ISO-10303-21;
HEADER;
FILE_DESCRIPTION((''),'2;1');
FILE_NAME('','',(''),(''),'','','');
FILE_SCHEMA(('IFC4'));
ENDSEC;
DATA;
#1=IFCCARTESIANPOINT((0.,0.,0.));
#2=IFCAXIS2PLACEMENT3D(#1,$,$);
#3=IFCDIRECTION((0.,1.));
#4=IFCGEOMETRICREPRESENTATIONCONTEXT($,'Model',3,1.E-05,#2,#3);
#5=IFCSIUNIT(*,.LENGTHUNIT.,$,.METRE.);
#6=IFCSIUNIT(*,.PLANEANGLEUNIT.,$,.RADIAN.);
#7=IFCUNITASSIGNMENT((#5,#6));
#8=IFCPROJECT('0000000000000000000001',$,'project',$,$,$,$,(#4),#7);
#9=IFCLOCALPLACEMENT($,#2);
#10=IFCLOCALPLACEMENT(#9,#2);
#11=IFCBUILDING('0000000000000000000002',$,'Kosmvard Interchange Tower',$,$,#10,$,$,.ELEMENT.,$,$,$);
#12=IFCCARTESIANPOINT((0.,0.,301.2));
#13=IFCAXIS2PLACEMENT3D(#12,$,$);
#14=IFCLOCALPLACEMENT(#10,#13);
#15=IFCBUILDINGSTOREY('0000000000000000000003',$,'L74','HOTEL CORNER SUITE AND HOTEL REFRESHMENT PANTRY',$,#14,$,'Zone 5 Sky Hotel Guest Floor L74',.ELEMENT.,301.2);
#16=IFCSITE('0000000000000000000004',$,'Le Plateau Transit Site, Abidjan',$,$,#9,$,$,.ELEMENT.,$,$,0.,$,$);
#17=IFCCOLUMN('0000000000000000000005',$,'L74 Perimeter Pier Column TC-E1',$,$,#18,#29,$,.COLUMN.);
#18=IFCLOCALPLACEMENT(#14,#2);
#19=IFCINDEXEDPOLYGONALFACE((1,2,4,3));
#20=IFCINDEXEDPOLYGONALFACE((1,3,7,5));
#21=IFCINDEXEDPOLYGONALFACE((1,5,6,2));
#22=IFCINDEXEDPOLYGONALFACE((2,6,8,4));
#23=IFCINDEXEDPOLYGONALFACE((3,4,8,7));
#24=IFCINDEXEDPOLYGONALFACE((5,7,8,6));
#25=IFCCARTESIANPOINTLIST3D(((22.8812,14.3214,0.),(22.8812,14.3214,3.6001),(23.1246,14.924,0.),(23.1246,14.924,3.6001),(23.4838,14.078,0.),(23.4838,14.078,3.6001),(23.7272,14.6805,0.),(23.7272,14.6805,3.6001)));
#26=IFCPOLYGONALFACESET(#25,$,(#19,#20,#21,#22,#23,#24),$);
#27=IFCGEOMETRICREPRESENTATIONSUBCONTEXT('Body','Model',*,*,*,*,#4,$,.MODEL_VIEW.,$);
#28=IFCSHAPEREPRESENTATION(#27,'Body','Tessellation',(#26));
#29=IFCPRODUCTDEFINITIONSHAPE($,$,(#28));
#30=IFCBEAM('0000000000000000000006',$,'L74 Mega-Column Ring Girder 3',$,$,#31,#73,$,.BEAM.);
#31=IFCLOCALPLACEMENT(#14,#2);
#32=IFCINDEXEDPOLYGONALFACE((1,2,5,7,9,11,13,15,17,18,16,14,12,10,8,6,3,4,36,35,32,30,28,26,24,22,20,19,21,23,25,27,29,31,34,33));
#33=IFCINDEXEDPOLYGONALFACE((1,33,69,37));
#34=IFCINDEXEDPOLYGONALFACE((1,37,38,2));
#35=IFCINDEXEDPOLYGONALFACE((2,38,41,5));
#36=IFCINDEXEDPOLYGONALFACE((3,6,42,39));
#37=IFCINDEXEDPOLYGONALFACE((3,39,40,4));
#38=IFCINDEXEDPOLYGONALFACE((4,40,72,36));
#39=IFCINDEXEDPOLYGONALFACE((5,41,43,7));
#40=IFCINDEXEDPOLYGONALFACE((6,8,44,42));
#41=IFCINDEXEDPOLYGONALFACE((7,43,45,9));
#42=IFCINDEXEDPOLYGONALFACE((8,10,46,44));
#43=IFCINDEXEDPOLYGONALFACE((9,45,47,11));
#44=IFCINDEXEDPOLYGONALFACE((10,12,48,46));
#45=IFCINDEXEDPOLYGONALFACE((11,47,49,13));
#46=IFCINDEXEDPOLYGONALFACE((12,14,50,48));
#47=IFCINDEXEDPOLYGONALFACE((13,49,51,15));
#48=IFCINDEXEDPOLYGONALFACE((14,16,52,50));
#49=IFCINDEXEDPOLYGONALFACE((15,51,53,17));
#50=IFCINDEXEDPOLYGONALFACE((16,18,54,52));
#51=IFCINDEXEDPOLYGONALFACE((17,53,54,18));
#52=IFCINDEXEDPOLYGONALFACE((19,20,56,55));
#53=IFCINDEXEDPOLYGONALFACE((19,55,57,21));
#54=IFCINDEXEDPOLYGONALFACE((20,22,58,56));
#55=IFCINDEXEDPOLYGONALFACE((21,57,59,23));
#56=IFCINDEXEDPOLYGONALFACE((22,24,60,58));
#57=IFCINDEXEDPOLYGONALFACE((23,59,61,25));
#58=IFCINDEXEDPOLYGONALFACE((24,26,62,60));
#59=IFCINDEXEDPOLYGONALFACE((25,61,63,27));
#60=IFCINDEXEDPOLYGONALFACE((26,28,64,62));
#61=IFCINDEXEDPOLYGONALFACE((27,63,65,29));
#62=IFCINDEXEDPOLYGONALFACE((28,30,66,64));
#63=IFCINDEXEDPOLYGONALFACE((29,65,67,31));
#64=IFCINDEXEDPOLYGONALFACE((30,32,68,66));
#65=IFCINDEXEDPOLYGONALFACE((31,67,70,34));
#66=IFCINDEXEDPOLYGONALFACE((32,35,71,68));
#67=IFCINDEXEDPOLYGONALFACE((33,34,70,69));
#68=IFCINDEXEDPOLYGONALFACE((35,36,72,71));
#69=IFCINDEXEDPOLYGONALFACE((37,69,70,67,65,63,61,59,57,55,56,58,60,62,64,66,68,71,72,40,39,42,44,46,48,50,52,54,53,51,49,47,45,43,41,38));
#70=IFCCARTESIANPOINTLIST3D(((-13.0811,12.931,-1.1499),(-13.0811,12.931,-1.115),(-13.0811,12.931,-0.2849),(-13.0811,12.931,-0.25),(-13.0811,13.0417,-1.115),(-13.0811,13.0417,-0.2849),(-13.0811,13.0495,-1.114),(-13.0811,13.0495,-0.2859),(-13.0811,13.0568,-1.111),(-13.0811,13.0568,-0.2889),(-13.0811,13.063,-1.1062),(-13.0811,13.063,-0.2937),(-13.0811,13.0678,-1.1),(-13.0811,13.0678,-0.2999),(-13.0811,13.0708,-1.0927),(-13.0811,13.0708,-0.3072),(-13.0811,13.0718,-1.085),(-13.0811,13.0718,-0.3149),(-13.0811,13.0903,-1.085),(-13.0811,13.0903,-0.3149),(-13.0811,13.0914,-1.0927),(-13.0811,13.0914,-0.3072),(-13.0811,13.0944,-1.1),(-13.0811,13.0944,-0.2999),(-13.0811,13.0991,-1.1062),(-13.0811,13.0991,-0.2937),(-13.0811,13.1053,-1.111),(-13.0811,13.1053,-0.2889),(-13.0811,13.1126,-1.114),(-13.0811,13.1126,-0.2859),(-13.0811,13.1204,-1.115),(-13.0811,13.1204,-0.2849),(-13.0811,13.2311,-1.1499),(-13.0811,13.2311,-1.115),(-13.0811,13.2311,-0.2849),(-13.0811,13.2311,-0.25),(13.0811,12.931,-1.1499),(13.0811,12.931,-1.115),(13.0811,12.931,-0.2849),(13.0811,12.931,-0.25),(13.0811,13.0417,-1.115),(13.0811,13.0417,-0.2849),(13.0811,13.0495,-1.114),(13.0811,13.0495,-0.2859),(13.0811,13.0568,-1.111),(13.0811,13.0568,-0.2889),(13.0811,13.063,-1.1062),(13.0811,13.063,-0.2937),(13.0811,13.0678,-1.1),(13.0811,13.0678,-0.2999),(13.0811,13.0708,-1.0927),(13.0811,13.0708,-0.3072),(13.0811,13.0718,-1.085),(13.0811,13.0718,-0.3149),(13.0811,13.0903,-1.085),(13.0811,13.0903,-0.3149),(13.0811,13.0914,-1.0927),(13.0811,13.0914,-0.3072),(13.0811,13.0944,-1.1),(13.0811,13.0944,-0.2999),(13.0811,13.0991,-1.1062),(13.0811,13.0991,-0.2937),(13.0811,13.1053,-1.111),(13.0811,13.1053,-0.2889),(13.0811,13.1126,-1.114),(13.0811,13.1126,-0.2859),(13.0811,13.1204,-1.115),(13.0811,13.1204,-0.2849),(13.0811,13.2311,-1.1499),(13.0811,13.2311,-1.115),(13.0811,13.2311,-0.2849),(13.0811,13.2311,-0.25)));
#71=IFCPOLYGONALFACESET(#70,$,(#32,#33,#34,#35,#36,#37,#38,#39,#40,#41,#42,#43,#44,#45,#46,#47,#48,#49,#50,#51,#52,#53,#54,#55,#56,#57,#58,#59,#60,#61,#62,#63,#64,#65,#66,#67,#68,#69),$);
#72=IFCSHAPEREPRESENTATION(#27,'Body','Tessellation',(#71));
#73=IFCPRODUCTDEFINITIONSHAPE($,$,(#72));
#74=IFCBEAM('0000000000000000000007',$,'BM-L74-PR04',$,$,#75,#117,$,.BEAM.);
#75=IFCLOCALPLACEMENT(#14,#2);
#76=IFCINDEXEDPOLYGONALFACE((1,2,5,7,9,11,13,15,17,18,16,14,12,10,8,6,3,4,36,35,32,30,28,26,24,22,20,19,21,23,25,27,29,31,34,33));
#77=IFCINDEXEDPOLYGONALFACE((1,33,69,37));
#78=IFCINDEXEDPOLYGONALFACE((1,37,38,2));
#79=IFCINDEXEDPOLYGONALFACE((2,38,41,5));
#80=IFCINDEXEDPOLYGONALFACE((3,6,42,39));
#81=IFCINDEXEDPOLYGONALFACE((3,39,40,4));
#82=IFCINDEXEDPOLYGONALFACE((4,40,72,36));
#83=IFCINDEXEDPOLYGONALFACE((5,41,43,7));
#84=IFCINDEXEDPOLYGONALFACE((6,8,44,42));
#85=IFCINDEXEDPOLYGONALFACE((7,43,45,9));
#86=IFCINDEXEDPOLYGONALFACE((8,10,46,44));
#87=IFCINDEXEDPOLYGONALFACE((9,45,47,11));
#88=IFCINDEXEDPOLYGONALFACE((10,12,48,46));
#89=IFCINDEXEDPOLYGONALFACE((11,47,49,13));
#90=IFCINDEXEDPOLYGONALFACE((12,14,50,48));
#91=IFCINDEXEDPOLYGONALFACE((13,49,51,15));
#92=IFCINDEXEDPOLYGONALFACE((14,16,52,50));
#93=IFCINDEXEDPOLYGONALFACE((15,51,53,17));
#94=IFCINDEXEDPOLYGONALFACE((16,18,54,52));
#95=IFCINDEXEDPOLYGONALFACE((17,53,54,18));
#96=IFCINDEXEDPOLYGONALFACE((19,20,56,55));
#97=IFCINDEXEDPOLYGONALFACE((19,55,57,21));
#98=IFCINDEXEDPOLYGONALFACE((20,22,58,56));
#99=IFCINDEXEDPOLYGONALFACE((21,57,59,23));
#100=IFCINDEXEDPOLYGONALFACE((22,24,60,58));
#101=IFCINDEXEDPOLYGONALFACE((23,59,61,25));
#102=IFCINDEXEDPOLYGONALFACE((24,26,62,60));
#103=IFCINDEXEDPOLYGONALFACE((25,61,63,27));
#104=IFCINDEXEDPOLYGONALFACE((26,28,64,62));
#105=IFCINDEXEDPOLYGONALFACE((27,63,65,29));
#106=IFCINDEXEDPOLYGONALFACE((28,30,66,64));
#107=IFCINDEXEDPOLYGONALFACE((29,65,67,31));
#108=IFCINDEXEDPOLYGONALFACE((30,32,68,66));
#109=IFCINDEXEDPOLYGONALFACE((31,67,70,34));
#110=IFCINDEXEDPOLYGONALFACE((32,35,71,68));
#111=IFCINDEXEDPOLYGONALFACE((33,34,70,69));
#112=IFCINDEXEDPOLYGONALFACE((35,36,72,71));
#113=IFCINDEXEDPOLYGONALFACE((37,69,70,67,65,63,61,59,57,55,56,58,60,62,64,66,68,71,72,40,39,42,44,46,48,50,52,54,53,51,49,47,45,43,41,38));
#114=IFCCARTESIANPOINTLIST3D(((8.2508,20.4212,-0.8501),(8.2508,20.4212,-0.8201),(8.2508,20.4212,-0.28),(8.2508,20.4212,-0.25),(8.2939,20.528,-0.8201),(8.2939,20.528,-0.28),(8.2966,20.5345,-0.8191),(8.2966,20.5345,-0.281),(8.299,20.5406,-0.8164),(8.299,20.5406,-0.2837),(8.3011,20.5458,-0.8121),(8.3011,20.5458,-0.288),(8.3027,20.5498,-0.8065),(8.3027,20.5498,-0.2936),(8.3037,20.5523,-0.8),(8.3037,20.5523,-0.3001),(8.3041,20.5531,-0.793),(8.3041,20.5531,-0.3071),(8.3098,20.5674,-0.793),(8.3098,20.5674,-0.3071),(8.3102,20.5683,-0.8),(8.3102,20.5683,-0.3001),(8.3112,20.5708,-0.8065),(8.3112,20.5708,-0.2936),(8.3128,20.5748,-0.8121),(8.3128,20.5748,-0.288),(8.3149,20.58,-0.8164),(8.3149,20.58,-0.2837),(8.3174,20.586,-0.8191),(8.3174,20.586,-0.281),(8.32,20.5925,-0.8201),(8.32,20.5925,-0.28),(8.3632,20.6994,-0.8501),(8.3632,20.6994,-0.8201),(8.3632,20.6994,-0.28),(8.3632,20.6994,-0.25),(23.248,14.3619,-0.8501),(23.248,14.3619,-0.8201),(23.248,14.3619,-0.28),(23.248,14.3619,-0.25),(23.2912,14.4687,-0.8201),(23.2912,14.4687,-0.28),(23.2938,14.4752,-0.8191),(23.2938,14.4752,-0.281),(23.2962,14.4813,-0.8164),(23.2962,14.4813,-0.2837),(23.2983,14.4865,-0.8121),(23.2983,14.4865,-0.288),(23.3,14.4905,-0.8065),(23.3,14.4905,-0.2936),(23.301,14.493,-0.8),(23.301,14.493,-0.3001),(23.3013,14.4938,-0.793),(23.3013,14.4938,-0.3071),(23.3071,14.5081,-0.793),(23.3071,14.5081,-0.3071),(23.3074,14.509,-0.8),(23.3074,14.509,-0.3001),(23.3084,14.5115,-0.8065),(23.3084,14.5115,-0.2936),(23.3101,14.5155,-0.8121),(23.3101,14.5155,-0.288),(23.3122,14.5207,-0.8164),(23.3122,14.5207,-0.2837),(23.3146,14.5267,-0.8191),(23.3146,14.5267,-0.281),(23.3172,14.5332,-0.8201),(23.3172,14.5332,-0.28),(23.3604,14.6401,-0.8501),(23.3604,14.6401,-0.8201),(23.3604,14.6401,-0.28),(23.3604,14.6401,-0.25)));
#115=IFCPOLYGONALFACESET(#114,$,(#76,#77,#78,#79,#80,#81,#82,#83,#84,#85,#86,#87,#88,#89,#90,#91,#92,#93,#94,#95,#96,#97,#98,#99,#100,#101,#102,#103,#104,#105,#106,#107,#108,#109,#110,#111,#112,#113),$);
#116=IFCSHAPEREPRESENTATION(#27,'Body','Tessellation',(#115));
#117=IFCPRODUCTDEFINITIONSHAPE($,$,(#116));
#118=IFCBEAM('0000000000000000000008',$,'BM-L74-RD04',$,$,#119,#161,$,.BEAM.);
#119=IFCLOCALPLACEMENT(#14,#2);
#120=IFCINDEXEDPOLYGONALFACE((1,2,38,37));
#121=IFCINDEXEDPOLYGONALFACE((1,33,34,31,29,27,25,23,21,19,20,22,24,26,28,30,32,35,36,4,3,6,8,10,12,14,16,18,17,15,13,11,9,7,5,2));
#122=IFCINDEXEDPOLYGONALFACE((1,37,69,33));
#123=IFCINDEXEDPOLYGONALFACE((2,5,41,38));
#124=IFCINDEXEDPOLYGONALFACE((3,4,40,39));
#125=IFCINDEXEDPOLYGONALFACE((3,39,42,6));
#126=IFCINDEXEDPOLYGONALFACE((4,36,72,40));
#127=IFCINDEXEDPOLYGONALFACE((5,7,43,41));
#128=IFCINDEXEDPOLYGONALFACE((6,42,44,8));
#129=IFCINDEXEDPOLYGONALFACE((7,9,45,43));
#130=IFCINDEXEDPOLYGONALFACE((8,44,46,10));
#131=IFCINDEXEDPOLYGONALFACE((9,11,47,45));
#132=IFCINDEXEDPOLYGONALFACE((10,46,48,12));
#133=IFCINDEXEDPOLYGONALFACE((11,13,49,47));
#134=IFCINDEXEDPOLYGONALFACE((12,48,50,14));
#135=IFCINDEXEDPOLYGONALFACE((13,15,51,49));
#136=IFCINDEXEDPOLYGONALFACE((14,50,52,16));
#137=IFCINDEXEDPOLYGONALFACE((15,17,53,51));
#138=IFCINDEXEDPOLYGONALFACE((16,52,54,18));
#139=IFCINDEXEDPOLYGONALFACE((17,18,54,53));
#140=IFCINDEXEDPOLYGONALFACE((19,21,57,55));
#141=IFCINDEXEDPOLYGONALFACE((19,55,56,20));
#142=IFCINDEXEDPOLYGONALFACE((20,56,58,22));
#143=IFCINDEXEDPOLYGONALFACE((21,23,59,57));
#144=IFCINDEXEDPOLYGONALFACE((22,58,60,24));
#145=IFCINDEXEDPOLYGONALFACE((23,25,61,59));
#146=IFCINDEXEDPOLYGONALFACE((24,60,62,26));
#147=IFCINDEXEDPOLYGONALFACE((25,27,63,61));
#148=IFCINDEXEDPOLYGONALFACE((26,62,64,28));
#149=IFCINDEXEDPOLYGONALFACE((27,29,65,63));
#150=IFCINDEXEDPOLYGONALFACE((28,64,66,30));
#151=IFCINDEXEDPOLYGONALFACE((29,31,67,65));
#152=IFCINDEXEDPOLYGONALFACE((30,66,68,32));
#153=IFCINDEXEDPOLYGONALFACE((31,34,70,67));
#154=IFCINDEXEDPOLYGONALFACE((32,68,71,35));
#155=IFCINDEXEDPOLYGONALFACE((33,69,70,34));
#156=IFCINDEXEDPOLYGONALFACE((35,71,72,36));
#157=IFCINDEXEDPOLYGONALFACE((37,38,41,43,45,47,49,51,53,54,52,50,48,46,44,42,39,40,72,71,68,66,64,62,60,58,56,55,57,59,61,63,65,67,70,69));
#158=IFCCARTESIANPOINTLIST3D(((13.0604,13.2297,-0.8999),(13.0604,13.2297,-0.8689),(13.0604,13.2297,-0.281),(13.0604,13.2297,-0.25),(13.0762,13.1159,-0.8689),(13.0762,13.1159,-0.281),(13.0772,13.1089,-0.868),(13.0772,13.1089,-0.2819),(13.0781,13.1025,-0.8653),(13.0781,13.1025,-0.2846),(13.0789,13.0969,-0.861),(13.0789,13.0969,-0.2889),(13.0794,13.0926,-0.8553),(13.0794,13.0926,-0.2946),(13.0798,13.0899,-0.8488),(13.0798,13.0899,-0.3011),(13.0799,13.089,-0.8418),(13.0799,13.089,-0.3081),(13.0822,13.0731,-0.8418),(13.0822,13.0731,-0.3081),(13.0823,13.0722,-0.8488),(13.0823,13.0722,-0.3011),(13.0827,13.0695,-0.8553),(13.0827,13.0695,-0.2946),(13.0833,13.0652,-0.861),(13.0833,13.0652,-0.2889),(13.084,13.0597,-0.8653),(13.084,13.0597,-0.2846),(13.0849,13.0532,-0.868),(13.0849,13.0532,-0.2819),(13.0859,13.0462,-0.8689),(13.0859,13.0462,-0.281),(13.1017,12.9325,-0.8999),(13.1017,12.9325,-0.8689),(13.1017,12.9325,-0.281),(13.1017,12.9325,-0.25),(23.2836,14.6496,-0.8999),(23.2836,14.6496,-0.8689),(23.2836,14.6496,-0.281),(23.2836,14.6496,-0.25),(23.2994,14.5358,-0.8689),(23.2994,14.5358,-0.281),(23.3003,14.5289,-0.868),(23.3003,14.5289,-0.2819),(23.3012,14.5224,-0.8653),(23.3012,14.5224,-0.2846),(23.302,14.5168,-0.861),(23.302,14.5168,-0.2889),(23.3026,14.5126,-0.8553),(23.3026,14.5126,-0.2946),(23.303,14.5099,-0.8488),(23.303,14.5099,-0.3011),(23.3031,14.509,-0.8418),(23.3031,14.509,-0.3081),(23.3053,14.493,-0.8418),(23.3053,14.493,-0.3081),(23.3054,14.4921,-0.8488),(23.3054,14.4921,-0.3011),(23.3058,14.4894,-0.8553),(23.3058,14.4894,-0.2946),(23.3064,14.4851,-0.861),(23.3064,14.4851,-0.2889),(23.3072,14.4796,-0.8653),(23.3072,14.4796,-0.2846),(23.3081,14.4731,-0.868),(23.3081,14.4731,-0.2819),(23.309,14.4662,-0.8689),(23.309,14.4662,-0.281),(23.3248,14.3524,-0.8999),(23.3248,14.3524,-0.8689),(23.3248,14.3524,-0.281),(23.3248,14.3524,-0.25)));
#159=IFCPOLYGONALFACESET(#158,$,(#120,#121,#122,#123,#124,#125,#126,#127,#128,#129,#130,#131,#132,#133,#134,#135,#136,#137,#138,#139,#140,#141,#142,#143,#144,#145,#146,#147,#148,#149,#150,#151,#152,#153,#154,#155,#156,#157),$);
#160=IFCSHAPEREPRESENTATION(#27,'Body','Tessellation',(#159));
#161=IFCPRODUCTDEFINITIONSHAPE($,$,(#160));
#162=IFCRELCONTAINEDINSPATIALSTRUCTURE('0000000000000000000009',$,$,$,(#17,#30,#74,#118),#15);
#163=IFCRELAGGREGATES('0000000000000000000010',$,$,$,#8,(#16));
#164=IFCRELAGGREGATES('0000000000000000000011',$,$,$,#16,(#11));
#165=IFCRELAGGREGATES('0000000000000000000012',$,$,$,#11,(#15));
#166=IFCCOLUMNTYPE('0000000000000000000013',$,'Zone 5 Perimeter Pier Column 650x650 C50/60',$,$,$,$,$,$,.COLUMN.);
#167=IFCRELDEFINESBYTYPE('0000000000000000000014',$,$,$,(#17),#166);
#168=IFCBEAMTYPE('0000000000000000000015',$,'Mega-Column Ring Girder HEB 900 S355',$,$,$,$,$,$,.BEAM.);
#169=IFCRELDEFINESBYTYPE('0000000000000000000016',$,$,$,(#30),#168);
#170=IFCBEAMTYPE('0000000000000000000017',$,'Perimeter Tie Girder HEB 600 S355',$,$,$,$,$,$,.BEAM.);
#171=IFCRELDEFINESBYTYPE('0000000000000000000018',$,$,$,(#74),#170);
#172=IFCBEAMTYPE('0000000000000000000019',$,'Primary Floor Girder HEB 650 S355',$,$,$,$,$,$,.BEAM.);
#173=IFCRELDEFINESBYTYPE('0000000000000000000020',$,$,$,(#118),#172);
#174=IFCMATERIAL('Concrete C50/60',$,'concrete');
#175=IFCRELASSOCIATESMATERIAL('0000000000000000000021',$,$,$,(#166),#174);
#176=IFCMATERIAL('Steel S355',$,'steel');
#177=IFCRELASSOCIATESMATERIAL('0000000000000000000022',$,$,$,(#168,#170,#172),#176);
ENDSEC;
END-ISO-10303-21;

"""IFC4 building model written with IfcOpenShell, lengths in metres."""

from ifc_helpers import new_model, si_unit, direction, frame, origin, origin_2d, place, context, subcontext, project, spatial, rectangle, i_section, extrude, source, transform, mapped, material, material_profile, profile_set, type_object, element, save


model = new_model("IFC4")

# Units and contexts
model_context = context("Model", 3, precision=1e-05, world=origin(), true_north=direction((0.0, 1.0)))
body_context = subcontext(model_context, "Body", "Model", "MODEL_VIEW")
ifc_project = project(units=[si_unit("LENGTHUNIT", "METRE"), si_unit("PLANEANGLEUNIT", "RADIAN")], contexts=[model_context])

# Site, building, storey
site_placement = place(None, origin())
site = spatial("IfcSite", under=ifc_project, at=site_placement, Name="Le Plateau Transit Site, Abidjan", CompositionType="ELEMENT", RefElevation=0.0)
building_placement = place(site_placement, origin())
building = spatial("IfcBuilding", under=site, at=building_placement, Name="Kosmvard Interchange Tower", CompositionType="ELEMENT")
storey_placement = place(building_placement, frame((0.0, 0.0, 301.2)))
storey = spatial("IfcBuildingStorey", under=building, at=storey_placement, Name="L74", Description="HOTEL CORNER SUITE AND HOTEL REFRESHMENT PANTRY", LongName="Zone 5 Sky Hotel Guest Floor L74", CompositionType="ELEMENT", Elevation=301.2)

# Column
ifc_material_1 = material(Name="Concrete C50/60", Category="concrete")
ifc_material_profile_1 = material_profile(ifc_material_1, rectangle(XDim=0.6499, YDim=0.6499, at=origin_2d()), Name="TC 650x650")
ifc_profile_set_1 = profile_set([ifc_material_profile_1], Name="Concrete C50/60")
column_type = type_object("IfcColumnType", Name="Zone 5 Perimeter Pier Column 650x650 C50/60", PredefinedType="COLUMN", material=ifc_profile_set_1)
shared_shape_1 = source(origin(), body_context, "Body", "SweptSolid", [
    extrude(rectangle(XDim=0.6499, YDim=0.6499, at=origin_2d()), origin(), (0.0, 0.0, 1.0), 3.6001),
])
column_placement = place(storey_placement, frame((23.3042, 14.501, 0.0), z_axis=(0.0, 0.0, 1.0), x_axis=(0.374607, 0.927184, 0.0)))
element("IfcColumn", 1, at=column_placement, inside=storey, type_object=column_type, Name="L74 Perimeter Pier Column TC-E1", PredefinedType="COLUMN", context=body_context, shape_type="MappedRepresentation", body=[
    mapped(shared_shape_1, transform((0.0, 0.0, 0.0), scale=1.0)),
])

# Beams
ifc_material_2 = material(Name="Steel S355", Category="steel")
ifc_material_profile_2 = material_profile(ifc_material_2, i_section(OverallWidth=0.3, OverallDepth=0.8999, WebThickness=0.0186, FlangeThickness=0.0349, FilletRadius=0.03, at=origin_2d()), Name="HEB 900")
ifc_profile_set_2 = profile_set([ifc_material_profile_2], Name="Steel S355")
beam_type_1 = type_object("IfcBeamType", Name="Mega-Column Ring Girder HEB 900 S355", PredefinedType="BEAM", material=ifc_profile_set_2)
shared_shape_2 = source(origin(), body_context, "Body", "SweptSolid", [
    extrude(i_section(OverallWidth=0.3, OverallDepth=0.8999, WebThickness=0.0186, FlangeThickness=0.0349, FilletRadius=0.03, at=origin_2d()), origin(), (0.0, 0.0, 1.0), 26.1621),
])
beam_1_placement = place(storey_placement, frame((13.0811, 13.0811, -0.7), z_axis=(-1.0, 0.0, 0.0), x_axis=(0.0, -1.0, 0.0)))
element("IfcBeam", 2, at=beam_1_placement, inside=storey, type_object=beam_type_1, Name="L74 Mega-Column Ring Girder 3", PredefinedType="BEAM", context=body_context, shape_type="MappedRepresentation", body=[
    mapped(shared_shape_2, transform((0.0, 0.0, 0.0), scale=1.0)),
])
ifc_material_profile_3 = material_profile(ifc_material_2, i_section(OverallWidth=0.3, OverallDepth=0.6001, WebThickness=0.0154, FlangeThickness=0.03, FilletRadius=0.0271, at=origin_2d()), Name="HEB 600")
ifc_profile_set_3 = profile_set([ifc_material_profile_3], Name="Steel S355")
beam_type_2 = type_object("IfcBeamType", Name="Perimeter Tie Girder HEB 600 S355", PredefinedType="BEAM", material=ifc_profile_set_3)
shared_shape_3 = source(origin(), body_context, "Body", "SweptSolid", [
    extrude(i_section(OverallWidth=0.3, OverallDepth=0.6001, WebThickness=0.0154, FlangeThickness=0.03, FilletRadius=0.0271, at=origin_2d()), origin(), (0.0, 0.0, 1.0), 16.175),
])
beam_2_placement = place(storey_placement, frame((23.3042, 14.501, -0.55), z_axis=(-0.927183, 0.374608, 0.0), x_axis=(-0.374608, -0.927183, 0.0)))
element("IfcBeam", 3, at=beam_2_placement, inside=storey, type_object=beam_type_2, Name="BM-L74-PR04", PredefinedType="BEAM", context=body_context, shape_type="MappedRepresentation", body=[
    mapped(shared_shape_3, transform((0.0, 0.0, 0.0), scale=1.0)),
])
ifc_material_profile_4 = material_profile(ifc_material_2, i_section(OverallWidth=0.3, OverallDepth=0.6499, WebThickness=0.0161, FlangeThickness=0.031, FilletRadius=0.0271, at=origin_2d()), Name="HEB 650")
ifc_profile_set_4 = profile_set([ifc_material_profile_4], Name="Steel S355")
beam_type_3 = type_object("IfcBeamType", Name="Primary Floor Girder HEB 650 S355", PredefinedType="BEAM", material=ifc_profile_set_4)
shared_shape_4 = source(origin(), body_context, "Body", "SweptSolid", [
    extrude(i_section(OverallWidth=0.3, OverallDepth=0.6499, WebThickness=0.0161, FlangeThickness=0.031, FilletRadius=0.0271, at=origin_2d()), origin(), (0.0, 0.0, 1.0), 10.3213),
])
beam_3_placement = place(storey_placement, frame((13.0811, 13.0811, -0.575), z_axis=(0.990492, 0.137572, 0.0), x_axis=(-0.137572, 0.990492, 0.0)))
element("IfcBeam", 4, at=beam_3_placement, inside=storey, type_object=beam_type_3, Name="BM-L74-RD04", PredefinedType="BEAM", context=body_context, shape_type="MappedRepresentation", body=[
    mapped(shared_shape_4, transform((0.0, 0.0, 0.0), scale=1.0)),
])

save(model, "model.ifc")
